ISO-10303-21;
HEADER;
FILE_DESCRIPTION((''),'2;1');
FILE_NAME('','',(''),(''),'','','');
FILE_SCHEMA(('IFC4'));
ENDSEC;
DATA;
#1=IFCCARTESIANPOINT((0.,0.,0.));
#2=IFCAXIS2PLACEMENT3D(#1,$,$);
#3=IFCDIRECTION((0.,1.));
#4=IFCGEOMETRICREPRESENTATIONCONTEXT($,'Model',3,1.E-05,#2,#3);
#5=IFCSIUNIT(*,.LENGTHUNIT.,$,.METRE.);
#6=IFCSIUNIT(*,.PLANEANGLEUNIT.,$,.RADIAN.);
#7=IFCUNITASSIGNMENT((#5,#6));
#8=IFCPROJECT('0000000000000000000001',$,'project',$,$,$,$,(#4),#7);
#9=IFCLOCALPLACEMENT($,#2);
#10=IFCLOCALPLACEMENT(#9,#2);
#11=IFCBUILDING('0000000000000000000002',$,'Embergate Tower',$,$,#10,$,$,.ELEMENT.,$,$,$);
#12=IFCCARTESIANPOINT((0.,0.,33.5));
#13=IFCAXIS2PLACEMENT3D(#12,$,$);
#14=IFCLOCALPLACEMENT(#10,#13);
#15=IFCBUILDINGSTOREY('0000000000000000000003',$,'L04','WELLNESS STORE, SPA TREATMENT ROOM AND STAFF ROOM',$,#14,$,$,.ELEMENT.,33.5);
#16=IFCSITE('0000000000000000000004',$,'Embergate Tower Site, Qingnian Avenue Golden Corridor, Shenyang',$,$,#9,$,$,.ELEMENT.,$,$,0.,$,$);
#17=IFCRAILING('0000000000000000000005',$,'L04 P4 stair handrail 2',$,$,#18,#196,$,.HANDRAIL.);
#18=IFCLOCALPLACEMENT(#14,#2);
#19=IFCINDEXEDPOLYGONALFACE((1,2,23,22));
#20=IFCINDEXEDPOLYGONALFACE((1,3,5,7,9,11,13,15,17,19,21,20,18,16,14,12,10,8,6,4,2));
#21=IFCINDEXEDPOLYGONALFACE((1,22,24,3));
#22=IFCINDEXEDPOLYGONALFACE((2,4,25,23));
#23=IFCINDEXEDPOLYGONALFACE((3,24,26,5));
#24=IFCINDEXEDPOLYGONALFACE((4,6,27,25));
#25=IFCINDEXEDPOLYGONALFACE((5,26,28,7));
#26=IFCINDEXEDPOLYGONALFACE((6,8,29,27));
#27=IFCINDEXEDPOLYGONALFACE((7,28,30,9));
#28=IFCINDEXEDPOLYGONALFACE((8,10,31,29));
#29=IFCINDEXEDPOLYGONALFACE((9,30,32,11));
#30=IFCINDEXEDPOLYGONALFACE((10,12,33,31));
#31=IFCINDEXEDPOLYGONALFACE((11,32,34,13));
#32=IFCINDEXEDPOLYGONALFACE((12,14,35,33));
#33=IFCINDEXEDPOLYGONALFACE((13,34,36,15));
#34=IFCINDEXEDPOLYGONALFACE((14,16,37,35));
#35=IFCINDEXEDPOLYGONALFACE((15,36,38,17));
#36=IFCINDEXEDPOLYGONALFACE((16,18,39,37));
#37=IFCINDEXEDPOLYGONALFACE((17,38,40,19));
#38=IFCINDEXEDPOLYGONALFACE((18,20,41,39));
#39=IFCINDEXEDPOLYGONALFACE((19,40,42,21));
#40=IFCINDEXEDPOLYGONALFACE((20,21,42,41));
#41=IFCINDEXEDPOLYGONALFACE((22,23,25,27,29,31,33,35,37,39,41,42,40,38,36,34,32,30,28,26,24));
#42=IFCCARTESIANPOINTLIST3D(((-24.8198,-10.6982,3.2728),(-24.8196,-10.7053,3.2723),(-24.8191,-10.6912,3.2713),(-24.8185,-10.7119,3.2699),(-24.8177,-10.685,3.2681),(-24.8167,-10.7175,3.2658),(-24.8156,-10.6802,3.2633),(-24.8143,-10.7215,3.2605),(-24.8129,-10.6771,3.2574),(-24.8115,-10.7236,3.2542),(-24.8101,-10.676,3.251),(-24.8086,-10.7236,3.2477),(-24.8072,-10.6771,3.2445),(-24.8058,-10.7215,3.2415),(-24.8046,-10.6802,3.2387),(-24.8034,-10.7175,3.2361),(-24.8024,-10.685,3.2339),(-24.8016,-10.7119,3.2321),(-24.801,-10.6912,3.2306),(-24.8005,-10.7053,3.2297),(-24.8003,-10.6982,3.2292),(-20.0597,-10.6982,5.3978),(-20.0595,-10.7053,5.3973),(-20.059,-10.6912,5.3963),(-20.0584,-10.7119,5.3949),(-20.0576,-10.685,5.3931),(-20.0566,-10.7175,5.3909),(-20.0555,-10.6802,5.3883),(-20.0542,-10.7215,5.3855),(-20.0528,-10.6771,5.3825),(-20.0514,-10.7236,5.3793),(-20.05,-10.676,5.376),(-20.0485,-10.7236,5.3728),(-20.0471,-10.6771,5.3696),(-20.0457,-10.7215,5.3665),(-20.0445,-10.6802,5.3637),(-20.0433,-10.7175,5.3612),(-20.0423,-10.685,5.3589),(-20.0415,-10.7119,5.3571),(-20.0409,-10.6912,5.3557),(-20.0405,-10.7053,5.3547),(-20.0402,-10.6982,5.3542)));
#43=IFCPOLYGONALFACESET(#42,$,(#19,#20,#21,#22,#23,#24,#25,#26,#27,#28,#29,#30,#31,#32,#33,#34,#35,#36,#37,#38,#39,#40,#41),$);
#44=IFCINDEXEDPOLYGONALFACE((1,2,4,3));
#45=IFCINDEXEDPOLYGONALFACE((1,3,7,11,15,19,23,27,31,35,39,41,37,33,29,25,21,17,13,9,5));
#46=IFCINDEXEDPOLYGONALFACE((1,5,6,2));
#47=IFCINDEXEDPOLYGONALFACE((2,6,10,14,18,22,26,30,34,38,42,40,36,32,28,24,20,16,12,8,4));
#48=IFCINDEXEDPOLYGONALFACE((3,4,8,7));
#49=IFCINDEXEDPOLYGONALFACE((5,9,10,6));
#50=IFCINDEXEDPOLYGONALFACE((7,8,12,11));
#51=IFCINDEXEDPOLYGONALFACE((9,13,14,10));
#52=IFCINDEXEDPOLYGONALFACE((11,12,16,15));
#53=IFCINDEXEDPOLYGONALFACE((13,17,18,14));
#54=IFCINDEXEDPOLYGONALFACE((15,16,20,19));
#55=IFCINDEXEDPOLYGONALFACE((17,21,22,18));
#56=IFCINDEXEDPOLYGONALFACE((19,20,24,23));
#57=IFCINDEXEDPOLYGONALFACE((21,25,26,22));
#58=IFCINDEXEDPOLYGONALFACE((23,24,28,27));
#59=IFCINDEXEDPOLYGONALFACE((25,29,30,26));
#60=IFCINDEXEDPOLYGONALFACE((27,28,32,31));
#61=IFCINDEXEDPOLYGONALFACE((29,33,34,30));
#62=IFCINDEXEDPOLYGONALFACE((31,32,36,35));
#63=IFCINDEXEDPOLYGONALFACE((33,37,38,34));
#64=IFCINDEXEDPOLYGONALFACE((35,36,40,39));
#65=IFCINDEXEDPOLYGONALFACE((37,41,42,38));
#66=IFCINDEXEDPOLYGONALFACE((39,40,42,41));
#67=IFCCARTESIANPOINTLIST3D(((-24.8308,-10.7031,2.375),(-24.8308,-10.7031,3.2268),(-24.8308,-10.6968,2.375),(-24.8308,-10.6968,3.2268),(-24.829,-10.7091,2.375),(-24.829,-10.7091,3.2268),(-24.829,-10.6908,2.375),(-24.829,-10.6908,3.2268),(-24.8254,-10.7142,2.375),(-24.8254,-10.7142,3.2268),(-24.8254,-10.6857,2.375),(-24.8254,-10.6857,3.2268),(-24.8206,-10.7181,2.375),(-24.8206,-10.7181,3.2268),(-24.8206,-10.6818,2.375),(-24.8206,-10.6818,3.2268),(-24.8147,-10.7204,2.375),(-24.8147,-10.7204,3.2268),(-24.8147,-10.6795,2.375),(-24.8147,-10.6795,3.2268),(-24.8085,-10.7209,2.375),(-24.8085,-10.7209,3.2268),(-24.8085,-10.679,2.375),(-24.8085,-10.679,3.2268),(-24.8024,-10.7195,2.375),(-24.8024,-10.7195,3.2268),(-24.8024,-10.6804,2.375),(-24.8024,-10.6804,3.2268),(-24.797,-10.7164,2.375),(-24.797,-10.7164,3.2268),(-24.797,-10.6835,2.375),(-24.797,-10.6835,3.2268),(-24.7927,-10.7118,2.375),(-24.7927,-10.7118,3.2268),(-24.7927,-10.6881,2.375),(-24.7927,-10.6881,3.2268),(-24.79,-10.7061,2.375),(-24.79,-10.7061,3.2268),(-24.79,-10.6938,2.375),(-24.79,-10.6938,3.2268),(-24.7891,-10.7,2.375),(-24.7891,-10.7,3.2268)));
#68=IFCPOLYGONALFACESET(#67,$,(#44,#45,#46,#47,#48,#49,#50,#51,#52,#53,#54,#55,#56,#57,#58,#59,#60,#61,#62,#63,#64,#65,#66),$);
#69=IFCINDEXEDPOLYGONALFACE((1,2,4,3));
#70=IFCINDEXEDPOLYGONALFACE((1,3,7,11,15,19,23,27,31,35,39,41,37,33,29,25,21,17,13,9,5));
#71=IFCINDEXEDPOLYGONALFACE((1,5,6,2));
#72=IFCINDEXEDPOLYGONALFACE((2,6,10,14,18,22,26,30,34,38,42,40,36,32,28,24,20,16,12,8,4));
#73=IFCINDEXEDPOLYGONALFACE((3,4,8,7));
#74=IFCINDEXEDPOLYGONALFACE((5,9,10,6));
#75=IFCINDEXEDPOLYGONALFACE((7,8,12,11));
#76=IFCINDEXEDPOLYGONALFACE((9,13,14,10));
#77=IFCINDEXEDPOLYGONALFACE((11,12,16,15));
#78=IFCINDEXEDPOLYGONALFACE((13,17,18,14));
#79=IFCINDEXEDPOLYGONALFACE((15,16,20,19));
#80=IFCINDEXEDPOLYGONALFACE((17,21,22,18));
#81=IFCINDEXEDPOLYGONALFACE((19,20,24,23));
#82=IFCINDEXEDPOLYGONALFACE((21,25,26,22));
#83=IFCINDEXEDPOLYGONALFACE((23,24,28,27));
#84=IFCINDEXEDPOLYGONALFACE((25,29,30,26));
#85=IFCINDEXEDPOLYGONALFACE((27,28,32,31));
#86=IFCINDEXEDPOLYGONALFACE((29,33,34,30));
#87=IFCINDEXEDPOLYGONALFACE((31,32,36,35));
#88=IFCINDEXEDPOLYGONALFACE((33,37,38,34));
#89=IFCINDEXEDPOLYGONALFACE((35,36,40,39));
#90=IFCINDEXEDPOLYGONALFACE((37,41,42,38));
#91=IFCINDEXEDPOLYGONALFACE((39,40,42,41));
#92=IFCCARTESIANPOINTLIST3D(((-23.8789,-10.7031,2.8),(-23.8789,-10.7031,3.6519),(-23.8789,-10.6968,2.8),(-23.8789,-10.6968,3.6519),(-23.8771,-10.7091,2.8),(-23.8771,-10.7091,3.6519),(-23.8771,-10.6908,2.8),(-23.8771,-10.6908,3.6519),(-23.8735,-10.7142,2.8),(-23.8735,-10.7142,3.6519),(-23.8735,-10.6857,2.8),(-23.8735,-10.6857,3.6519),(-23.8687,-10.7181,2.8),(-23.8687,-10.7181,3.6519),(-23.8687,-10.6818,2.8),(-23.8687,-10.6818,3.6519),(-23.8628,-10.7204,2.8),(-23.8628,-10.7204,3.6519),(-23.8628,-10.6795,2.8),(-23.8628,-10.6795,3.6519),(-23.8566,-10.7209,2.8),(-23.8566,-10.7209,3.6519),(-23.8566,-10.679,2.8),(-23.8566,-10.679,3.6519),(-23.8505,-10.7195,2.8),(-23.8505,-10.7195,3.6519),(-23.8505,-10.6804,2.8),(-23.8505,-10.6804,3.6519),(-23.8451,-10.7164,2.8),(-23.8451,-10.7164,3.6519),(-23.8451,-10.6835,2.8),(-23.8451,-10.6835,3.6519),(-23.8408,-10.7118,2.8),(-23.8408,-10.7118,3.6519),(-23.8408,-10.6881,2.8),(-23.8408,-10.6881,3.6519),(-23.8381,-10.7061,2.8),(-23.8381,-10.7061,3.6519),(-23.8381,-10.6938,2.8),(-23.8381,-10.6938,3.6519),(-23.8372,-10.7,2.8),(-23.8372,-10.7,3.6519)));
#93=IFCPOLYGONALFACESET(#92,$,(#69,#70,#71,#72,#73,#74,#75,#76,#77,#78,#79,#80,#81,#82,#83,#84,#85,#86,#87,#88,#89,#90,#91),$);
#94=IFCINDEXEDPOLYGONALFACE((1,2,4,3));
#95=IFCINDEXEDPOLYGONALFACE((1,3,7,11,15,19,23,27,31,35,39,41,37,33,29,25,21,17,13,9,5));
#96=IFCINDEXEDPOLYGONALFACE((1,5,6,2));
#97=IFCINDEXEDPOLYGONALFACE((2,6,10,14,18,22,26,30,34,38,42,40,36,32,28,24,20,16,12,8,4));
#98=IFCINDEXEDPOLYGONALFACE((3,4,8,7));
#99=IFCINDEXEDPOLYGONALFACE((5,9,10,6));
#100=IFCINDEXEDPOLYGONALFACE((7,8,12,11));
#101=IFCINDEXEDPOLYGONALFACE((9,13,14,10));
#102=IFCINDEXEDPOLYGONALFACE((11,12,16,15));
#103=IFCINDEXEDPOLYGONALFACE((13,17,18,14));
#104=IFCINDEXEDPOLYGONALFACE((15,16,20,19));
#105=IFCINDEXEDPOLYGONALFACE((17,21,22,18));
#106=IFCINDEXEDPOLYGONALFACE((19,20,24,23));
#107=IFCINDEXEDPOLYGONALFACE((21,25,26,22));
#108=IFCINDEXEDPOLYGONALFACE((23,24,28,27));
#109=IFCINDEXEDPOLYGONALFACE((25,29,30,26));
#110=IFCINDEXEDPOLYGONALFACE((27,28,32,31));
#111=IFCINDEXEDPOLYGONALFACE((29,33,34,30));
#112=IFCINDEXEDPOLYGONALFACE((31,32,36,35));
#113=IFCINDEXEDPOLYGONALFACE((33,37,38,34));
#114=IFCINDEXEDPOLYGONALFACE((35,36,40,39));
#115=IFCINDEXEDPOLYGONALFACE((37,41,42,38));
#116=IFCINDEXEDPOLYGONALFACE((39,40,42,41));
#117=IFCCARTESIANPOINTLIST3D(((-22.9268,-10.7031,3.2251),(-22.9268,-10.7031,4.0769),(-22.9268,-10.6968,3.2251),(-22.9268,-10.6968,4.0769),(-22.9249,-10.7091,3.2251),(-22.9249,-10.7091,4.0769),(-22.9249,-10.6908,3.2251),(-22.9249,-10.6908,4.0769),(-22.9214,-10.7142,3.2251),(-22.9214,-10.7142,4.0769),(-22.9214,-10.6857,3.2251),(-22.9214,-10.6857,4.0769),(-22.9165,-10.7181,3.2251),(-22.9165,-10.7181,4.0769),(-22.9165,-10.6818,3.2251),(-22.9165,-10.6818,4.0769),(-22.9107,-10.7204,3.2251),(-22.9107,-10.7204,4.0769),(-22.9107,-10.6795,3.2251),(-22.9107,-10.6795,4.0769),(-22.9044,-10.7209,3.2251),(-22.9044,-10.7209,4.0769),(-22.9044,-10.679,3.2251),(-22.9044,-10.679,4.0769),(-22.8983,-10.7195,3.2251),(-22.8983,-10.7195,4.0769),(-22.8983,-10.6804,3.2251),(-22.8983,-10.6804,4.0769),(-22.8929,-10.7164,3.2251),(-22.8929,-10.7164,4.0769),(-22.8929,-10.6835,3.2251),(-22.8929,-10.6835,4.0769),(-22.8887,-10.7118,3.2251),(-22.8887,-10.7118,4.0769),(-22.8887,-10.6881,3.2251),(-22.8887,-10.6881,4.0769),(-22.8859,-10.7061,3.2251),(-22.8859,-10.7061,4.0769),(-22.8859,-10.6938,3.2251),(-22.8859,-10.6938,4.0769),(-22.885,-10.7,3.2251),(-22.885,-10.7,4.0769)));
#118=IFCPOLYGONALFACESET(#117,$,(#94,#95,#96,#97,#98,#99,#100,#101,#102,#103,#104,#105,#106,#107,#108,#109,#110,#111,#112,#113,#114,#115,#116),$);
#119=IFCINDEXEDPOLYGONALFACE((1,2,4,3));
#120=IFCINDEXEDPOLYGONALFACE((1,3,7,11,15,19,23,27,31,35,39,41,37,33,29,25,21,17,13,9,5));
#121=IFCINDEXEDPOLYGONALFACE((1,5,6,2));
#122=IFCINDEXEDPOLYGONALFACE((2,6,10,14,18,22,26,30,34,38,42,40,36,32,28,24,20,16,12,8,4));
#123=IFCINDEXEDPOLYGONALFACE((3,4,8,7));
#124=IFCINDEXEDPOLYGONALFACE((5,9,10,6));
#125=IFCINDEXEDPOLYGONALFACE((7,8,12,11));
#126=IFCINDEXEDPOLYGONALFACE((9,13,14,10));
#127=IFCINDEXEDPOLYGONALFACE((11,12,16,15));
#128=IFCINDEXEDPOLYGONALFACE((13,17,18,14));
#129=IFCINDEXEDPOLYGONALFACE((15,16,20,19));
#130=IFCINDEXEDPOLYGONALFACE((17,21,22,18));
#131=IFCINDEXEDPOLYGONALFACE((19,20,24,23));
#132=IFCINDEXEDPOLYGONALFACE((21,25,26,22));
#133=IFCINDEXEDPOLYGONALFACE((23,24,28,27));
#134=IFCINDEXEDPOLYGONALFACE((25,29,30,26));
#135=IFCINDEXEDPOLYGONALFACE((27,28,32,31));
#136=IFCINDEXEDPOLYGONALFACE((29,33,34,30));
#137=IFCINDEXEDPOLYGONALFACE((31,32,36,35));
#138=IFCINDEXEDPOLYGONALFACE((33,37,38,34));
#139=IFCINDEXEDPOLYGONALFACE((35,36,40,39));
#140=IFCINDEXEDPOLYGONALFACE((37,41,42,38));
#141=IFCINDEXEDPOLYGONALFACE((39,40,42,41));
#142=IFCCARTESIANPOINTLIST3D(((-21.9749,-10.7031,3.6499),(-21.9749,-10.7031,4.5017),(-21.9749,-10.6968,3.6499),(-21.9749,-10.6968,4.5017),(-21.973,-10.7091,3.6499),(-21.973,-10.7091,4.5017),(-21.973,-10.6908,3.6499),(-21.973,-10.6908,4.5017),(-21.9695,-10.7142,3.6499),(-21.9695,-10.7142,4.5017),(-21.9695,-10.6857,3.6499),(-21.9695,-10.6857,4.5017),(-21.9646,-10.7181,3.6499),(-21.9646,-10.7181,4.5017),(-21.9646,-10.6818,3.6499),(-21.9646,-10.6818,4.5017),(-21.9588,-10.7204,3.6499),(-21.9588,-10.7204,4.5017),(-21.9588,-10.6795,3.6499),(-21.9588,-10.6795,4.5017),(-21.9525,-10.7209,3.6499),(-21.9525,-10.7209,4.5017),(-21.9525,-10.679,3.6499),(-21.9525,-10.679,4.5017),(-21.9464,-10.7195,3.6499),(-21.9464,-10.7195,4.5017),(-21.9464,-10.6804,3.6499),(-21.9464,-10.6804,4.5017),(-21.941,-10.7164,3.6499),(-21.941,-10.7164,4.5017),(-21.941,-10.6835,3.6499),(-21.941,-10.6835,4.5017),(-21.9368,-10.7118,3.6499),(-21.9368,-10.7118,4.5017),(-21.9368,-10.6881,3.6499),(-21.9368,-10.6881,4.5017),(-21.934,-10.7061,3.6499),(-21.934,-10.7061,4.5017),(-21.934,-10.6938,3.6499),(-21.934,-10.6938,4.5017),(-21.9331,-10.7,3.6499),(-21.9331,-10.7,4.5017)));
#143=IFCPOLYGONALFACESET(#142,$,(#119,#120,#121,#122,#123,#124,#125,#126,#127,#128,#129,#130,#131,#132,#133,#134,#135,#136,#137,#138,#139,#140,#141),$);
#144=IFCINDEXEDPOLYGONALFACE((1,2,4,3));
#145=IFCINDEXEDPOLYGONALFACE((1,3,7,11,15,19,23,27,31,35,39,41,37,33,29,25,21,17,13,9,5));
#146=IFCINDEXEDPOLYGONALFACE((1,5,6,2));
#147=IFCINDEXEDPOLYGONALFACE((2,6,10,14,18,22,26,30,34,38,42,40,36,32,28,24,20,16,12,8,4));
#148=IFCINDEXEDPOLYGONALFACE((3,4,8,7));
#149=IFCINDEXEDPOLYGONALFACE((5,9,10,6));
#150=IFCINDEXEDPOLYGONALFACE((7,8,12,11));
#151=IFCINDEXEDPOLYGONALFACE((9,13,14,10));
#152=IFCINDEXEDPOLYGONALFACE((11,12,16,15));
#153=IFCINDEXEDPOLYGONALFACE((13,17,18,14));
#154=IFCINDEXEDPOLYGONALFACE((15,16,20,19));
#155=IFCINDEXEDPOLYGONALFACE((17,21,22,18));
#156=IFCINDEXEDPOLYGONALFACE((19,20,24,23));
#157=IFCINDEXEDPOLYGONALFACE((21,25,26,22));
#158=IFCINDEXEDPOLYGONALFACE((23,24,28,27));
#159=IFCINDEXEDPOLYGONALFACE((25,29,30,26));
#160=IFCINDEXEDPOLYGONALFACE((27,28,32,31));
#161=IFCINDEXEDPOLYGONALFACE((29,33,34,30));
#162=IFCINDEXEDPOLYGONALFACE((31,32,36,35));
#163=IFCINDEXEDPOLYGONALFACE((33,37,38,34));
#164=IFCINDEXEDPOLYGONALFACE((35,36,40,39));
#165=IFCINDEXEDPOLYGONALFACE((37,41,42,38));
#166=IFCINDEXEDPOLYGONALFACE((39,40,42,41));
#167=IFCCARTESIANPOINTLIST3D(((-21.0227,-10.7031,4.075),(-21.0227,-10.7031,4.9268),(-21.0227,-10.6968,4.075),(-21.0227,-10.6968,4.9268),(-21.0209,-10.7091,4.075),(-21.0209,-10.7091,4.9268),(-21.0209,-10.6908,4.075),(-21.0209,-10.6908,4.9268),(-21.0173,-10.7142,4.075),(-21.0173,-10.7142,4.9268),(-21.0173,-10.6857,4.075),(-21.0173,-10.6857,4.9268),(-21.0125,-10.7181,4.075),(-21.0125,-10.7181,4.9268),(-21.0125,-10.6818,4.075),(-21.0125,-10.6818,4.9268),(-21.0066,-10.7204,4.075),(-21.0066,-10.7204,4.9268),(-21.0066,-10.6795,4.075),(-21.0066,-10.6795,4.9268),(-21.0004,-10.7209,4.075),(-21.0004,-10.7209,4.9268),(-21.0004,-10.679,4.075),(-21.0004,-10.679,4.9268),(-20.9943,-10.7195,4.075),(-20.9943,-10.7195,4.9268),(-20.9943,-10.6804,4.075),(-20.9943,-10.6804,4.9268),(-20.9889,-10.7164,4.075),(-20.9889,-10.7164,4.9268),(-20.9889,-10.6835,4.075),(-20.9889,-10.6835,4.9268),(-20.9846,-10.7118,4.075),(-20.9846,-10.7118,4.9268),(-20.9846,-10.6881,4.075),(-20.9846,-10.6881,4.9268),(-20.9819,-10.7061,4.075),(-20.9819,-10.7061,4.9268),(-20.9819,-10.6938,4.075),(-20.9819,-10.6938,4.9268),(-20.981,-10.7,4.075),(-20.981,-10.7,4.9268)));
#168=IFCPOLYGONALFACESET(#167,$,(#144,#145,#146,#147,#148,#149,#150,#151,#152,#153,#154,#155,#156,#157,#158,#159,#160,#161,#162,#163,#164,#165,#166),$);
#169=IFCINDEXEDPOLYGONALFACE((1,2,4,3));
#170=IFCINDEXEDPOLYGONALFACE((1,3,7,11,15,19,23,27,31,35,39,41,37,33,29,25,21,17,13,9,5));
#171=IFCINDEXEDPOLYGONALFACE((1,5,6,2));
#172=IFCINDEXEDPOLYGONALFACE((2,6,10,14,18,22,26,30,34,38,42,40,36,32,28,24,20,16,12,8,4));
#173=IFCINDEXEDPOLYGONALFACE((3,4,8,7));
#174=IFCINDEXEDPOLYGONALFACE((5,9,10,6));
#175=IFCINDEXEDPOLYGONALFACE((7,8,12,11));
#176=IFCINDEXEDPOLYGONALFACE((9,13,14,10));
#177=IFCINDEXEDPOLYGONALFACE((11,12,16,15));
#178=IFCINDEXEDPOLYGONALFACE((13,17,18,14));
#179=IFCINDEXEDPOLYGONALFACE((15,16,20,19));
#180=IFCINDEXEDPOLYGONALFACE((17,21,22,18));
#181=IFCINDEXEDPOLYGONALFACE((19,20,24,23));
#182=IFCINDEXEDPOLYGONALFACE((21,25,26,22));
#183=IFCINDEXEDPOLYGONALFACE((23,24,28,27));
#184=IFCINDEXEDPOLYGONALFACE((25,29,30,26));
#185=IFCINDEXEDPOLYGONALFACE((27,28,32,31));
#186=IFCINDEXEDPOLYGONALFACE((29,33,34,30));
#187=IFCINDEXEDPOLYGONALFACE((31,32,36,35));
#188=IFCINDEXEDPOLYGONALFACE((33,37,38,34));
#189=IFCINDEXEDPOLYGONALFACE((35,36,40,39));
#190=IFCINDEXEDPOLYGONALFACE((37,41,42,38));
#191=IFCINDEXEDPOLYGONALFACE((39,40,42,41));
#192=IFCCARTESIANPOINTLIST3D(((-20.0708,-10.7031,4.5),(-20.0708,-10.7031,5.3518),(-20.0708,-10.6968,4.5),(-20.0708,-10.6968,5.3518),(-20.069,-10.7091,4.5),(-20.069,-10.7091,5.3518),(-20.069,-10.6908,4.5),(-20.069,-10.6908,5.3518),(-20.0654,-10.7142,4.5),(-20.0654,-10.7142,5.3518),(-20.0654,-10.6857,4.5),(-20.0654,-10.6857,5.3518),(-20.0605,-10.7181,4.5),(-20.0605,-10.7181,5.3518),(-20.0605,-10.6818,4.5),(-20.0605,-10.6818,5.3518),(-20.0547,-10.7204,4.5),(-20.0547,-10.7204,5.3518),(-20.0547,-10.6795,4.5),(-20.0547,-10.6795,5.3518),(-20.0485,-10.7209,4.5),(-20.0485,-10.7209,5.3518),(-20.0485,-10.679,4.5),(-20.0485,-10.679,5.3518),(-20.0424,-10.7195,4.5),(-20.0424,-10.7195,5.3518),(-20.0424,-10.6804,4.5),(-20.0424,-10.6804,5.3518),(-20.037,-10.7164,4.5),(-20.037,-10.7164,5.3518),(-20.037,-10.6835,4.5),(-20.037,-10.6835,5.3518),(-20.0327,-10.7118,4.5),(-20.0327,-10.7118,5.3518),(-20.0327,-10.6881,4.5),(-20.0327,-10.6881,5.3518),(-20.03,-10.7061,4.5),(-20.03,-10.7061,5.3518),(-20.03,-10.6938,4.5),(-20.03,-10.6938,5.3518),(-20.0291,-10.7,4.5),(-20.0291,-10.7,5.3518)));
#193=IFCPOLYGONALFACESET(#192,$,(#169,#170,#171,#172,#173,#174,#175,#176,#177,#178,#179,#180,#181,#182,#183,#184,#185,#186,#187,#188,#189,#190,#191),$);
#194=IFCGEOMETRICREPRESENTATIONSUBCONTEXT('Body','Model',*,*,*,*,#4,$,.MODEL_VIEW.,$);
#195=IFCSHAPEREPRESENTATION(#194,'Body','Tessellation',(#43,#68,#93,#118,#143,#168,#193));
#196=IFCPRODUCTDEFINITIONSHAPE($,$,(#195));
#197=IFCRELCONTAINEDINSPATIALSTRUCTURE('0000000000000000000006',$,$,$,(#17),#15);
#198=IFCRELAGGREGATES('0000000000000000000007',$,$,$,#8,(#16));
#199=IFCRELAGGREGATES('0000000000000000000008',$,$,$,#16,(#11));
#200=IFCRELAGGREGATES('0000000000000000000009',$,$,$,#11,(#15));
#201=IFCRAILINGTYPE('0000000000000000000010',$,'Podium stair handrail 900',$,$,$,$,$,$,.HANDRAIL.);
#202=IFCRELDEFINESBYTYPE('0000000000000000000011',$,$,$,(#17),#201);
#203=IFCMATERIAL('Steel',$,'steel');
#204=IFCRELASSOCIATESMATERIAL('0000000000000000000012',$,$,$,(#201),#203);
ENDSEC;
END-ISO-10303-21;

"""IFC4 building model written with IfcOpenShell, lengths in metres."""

from ifc_helpers import new_model, si_unit, direction, frame, origin, origin_2d, place, context, subcontext, project, spatial, circle, extrude, source, transform, mapped, material, type_object, element, save


model = new_model("IFC4")

# Units and contexts
model_context = context("Model", 3, precision=1e-05, world=origin(), true_north=direction((0.0, 1.0)))
body_context = subcontext(model_context, "Body", "Model", "MODEL_VIEW")
ifc_project = project(units=[si_unit("LENGTHUNIT", "METRE"), si_unit("PLANEANGLEUNIT", "RADIAN")], contexts=[model_context])

# Site, building, storey
site_placement = place(None, origin())
site = spatial("IfcSite", under=ifc_project, at=site_placement, Name="Embergate Tower Site, Qingnian Avenue Golden Corridor, Shenyang", CompositionType="ELEMENT", RefElevation=0.0)
building_placement = place(site_placement, origin())
building = spatial("IfcBuilding", under=site, at=building_placement, Name="Embergate Tower", CompositionType="ELEMENT")
storey_placement = place(building_placement, frame((0.0, 0.0, 33.5)))
storey = spatial("IfcBuildingStorey", under=building, at=storey_placement, Name="L04", Description="WELLNESS STORE, SPA TREATMENT ROOM AND STAFF ROOM", CompositionType="ELEMENT", Elevation=33.5)

# Railing
ifc_material_1 = material(Name="Steel", Category="steel")
railing_type_1 = type_object("IfcRailingType", Name="Podium stair handrail 900", PredefinedType="HANDRAIL", material=ifc_material_1)
shared_shape_1 = source(origin(), body_context, "Body", "SweptSolid", [
    extrude(circle(Radius=0.0239, at=origin_2d()), frame((0.0, 0.0, 0.876), z_axis=(0.913138, 0.0, 0.40765), x_axis=(0.0, 1.0, 0.0)), (0.0, 0.0, 1.0), 5.2129),
    extrude(circle(Radius=0.021, at=origin_2d()), origin(), (0.0, 0.0, 1.0), 0.8518),
    extrude(circle(Radius=0.021, at=origin_2d()), frame((0.9519, 0.0, 0.425)), (0.0, 0.0, 1.0), 0.8518),
    extrude(circle(Radius=0.021, at=origin_2d()), frame((1.9041, 0.0, 0.8501)), (0.0, 0.0, 1.0), 0.8518),
    extrude(circle(Radius=0.021, at=origin_2d()), frame((2.856, 0.0, 1.2749)), (0.0, 0.0, 1.0), 0.8518),
    extrude(circle(Radius=0.021, at=origin_2d()), frame((3.8081, 0.0, 1.7)), (0.0, 0.0, 1.0), 0.8518),
    extrude(circle(Radius=0.021, at=origin_2d()), frame((4.76, 0.0, 2.125)), (0.0, 0.0, 1.0), 0.8518),
])
railing_1_placement = place(storey_placement, frame((-24.8101, -10.7, 2.375)))
element("IfcRailing", 1, at=railing_1_placement, inside=storey, type_object=railing_type_1, Name="L04 P4 stair handrail 2", PredefinedType="HANDRAIL", context=body_context, shape_type="MappedRepresentation", body=[
    mapped(shared_shape_1, transform((0.0, 0.0, 0.0))),
])

save(model, "model.ifc")
